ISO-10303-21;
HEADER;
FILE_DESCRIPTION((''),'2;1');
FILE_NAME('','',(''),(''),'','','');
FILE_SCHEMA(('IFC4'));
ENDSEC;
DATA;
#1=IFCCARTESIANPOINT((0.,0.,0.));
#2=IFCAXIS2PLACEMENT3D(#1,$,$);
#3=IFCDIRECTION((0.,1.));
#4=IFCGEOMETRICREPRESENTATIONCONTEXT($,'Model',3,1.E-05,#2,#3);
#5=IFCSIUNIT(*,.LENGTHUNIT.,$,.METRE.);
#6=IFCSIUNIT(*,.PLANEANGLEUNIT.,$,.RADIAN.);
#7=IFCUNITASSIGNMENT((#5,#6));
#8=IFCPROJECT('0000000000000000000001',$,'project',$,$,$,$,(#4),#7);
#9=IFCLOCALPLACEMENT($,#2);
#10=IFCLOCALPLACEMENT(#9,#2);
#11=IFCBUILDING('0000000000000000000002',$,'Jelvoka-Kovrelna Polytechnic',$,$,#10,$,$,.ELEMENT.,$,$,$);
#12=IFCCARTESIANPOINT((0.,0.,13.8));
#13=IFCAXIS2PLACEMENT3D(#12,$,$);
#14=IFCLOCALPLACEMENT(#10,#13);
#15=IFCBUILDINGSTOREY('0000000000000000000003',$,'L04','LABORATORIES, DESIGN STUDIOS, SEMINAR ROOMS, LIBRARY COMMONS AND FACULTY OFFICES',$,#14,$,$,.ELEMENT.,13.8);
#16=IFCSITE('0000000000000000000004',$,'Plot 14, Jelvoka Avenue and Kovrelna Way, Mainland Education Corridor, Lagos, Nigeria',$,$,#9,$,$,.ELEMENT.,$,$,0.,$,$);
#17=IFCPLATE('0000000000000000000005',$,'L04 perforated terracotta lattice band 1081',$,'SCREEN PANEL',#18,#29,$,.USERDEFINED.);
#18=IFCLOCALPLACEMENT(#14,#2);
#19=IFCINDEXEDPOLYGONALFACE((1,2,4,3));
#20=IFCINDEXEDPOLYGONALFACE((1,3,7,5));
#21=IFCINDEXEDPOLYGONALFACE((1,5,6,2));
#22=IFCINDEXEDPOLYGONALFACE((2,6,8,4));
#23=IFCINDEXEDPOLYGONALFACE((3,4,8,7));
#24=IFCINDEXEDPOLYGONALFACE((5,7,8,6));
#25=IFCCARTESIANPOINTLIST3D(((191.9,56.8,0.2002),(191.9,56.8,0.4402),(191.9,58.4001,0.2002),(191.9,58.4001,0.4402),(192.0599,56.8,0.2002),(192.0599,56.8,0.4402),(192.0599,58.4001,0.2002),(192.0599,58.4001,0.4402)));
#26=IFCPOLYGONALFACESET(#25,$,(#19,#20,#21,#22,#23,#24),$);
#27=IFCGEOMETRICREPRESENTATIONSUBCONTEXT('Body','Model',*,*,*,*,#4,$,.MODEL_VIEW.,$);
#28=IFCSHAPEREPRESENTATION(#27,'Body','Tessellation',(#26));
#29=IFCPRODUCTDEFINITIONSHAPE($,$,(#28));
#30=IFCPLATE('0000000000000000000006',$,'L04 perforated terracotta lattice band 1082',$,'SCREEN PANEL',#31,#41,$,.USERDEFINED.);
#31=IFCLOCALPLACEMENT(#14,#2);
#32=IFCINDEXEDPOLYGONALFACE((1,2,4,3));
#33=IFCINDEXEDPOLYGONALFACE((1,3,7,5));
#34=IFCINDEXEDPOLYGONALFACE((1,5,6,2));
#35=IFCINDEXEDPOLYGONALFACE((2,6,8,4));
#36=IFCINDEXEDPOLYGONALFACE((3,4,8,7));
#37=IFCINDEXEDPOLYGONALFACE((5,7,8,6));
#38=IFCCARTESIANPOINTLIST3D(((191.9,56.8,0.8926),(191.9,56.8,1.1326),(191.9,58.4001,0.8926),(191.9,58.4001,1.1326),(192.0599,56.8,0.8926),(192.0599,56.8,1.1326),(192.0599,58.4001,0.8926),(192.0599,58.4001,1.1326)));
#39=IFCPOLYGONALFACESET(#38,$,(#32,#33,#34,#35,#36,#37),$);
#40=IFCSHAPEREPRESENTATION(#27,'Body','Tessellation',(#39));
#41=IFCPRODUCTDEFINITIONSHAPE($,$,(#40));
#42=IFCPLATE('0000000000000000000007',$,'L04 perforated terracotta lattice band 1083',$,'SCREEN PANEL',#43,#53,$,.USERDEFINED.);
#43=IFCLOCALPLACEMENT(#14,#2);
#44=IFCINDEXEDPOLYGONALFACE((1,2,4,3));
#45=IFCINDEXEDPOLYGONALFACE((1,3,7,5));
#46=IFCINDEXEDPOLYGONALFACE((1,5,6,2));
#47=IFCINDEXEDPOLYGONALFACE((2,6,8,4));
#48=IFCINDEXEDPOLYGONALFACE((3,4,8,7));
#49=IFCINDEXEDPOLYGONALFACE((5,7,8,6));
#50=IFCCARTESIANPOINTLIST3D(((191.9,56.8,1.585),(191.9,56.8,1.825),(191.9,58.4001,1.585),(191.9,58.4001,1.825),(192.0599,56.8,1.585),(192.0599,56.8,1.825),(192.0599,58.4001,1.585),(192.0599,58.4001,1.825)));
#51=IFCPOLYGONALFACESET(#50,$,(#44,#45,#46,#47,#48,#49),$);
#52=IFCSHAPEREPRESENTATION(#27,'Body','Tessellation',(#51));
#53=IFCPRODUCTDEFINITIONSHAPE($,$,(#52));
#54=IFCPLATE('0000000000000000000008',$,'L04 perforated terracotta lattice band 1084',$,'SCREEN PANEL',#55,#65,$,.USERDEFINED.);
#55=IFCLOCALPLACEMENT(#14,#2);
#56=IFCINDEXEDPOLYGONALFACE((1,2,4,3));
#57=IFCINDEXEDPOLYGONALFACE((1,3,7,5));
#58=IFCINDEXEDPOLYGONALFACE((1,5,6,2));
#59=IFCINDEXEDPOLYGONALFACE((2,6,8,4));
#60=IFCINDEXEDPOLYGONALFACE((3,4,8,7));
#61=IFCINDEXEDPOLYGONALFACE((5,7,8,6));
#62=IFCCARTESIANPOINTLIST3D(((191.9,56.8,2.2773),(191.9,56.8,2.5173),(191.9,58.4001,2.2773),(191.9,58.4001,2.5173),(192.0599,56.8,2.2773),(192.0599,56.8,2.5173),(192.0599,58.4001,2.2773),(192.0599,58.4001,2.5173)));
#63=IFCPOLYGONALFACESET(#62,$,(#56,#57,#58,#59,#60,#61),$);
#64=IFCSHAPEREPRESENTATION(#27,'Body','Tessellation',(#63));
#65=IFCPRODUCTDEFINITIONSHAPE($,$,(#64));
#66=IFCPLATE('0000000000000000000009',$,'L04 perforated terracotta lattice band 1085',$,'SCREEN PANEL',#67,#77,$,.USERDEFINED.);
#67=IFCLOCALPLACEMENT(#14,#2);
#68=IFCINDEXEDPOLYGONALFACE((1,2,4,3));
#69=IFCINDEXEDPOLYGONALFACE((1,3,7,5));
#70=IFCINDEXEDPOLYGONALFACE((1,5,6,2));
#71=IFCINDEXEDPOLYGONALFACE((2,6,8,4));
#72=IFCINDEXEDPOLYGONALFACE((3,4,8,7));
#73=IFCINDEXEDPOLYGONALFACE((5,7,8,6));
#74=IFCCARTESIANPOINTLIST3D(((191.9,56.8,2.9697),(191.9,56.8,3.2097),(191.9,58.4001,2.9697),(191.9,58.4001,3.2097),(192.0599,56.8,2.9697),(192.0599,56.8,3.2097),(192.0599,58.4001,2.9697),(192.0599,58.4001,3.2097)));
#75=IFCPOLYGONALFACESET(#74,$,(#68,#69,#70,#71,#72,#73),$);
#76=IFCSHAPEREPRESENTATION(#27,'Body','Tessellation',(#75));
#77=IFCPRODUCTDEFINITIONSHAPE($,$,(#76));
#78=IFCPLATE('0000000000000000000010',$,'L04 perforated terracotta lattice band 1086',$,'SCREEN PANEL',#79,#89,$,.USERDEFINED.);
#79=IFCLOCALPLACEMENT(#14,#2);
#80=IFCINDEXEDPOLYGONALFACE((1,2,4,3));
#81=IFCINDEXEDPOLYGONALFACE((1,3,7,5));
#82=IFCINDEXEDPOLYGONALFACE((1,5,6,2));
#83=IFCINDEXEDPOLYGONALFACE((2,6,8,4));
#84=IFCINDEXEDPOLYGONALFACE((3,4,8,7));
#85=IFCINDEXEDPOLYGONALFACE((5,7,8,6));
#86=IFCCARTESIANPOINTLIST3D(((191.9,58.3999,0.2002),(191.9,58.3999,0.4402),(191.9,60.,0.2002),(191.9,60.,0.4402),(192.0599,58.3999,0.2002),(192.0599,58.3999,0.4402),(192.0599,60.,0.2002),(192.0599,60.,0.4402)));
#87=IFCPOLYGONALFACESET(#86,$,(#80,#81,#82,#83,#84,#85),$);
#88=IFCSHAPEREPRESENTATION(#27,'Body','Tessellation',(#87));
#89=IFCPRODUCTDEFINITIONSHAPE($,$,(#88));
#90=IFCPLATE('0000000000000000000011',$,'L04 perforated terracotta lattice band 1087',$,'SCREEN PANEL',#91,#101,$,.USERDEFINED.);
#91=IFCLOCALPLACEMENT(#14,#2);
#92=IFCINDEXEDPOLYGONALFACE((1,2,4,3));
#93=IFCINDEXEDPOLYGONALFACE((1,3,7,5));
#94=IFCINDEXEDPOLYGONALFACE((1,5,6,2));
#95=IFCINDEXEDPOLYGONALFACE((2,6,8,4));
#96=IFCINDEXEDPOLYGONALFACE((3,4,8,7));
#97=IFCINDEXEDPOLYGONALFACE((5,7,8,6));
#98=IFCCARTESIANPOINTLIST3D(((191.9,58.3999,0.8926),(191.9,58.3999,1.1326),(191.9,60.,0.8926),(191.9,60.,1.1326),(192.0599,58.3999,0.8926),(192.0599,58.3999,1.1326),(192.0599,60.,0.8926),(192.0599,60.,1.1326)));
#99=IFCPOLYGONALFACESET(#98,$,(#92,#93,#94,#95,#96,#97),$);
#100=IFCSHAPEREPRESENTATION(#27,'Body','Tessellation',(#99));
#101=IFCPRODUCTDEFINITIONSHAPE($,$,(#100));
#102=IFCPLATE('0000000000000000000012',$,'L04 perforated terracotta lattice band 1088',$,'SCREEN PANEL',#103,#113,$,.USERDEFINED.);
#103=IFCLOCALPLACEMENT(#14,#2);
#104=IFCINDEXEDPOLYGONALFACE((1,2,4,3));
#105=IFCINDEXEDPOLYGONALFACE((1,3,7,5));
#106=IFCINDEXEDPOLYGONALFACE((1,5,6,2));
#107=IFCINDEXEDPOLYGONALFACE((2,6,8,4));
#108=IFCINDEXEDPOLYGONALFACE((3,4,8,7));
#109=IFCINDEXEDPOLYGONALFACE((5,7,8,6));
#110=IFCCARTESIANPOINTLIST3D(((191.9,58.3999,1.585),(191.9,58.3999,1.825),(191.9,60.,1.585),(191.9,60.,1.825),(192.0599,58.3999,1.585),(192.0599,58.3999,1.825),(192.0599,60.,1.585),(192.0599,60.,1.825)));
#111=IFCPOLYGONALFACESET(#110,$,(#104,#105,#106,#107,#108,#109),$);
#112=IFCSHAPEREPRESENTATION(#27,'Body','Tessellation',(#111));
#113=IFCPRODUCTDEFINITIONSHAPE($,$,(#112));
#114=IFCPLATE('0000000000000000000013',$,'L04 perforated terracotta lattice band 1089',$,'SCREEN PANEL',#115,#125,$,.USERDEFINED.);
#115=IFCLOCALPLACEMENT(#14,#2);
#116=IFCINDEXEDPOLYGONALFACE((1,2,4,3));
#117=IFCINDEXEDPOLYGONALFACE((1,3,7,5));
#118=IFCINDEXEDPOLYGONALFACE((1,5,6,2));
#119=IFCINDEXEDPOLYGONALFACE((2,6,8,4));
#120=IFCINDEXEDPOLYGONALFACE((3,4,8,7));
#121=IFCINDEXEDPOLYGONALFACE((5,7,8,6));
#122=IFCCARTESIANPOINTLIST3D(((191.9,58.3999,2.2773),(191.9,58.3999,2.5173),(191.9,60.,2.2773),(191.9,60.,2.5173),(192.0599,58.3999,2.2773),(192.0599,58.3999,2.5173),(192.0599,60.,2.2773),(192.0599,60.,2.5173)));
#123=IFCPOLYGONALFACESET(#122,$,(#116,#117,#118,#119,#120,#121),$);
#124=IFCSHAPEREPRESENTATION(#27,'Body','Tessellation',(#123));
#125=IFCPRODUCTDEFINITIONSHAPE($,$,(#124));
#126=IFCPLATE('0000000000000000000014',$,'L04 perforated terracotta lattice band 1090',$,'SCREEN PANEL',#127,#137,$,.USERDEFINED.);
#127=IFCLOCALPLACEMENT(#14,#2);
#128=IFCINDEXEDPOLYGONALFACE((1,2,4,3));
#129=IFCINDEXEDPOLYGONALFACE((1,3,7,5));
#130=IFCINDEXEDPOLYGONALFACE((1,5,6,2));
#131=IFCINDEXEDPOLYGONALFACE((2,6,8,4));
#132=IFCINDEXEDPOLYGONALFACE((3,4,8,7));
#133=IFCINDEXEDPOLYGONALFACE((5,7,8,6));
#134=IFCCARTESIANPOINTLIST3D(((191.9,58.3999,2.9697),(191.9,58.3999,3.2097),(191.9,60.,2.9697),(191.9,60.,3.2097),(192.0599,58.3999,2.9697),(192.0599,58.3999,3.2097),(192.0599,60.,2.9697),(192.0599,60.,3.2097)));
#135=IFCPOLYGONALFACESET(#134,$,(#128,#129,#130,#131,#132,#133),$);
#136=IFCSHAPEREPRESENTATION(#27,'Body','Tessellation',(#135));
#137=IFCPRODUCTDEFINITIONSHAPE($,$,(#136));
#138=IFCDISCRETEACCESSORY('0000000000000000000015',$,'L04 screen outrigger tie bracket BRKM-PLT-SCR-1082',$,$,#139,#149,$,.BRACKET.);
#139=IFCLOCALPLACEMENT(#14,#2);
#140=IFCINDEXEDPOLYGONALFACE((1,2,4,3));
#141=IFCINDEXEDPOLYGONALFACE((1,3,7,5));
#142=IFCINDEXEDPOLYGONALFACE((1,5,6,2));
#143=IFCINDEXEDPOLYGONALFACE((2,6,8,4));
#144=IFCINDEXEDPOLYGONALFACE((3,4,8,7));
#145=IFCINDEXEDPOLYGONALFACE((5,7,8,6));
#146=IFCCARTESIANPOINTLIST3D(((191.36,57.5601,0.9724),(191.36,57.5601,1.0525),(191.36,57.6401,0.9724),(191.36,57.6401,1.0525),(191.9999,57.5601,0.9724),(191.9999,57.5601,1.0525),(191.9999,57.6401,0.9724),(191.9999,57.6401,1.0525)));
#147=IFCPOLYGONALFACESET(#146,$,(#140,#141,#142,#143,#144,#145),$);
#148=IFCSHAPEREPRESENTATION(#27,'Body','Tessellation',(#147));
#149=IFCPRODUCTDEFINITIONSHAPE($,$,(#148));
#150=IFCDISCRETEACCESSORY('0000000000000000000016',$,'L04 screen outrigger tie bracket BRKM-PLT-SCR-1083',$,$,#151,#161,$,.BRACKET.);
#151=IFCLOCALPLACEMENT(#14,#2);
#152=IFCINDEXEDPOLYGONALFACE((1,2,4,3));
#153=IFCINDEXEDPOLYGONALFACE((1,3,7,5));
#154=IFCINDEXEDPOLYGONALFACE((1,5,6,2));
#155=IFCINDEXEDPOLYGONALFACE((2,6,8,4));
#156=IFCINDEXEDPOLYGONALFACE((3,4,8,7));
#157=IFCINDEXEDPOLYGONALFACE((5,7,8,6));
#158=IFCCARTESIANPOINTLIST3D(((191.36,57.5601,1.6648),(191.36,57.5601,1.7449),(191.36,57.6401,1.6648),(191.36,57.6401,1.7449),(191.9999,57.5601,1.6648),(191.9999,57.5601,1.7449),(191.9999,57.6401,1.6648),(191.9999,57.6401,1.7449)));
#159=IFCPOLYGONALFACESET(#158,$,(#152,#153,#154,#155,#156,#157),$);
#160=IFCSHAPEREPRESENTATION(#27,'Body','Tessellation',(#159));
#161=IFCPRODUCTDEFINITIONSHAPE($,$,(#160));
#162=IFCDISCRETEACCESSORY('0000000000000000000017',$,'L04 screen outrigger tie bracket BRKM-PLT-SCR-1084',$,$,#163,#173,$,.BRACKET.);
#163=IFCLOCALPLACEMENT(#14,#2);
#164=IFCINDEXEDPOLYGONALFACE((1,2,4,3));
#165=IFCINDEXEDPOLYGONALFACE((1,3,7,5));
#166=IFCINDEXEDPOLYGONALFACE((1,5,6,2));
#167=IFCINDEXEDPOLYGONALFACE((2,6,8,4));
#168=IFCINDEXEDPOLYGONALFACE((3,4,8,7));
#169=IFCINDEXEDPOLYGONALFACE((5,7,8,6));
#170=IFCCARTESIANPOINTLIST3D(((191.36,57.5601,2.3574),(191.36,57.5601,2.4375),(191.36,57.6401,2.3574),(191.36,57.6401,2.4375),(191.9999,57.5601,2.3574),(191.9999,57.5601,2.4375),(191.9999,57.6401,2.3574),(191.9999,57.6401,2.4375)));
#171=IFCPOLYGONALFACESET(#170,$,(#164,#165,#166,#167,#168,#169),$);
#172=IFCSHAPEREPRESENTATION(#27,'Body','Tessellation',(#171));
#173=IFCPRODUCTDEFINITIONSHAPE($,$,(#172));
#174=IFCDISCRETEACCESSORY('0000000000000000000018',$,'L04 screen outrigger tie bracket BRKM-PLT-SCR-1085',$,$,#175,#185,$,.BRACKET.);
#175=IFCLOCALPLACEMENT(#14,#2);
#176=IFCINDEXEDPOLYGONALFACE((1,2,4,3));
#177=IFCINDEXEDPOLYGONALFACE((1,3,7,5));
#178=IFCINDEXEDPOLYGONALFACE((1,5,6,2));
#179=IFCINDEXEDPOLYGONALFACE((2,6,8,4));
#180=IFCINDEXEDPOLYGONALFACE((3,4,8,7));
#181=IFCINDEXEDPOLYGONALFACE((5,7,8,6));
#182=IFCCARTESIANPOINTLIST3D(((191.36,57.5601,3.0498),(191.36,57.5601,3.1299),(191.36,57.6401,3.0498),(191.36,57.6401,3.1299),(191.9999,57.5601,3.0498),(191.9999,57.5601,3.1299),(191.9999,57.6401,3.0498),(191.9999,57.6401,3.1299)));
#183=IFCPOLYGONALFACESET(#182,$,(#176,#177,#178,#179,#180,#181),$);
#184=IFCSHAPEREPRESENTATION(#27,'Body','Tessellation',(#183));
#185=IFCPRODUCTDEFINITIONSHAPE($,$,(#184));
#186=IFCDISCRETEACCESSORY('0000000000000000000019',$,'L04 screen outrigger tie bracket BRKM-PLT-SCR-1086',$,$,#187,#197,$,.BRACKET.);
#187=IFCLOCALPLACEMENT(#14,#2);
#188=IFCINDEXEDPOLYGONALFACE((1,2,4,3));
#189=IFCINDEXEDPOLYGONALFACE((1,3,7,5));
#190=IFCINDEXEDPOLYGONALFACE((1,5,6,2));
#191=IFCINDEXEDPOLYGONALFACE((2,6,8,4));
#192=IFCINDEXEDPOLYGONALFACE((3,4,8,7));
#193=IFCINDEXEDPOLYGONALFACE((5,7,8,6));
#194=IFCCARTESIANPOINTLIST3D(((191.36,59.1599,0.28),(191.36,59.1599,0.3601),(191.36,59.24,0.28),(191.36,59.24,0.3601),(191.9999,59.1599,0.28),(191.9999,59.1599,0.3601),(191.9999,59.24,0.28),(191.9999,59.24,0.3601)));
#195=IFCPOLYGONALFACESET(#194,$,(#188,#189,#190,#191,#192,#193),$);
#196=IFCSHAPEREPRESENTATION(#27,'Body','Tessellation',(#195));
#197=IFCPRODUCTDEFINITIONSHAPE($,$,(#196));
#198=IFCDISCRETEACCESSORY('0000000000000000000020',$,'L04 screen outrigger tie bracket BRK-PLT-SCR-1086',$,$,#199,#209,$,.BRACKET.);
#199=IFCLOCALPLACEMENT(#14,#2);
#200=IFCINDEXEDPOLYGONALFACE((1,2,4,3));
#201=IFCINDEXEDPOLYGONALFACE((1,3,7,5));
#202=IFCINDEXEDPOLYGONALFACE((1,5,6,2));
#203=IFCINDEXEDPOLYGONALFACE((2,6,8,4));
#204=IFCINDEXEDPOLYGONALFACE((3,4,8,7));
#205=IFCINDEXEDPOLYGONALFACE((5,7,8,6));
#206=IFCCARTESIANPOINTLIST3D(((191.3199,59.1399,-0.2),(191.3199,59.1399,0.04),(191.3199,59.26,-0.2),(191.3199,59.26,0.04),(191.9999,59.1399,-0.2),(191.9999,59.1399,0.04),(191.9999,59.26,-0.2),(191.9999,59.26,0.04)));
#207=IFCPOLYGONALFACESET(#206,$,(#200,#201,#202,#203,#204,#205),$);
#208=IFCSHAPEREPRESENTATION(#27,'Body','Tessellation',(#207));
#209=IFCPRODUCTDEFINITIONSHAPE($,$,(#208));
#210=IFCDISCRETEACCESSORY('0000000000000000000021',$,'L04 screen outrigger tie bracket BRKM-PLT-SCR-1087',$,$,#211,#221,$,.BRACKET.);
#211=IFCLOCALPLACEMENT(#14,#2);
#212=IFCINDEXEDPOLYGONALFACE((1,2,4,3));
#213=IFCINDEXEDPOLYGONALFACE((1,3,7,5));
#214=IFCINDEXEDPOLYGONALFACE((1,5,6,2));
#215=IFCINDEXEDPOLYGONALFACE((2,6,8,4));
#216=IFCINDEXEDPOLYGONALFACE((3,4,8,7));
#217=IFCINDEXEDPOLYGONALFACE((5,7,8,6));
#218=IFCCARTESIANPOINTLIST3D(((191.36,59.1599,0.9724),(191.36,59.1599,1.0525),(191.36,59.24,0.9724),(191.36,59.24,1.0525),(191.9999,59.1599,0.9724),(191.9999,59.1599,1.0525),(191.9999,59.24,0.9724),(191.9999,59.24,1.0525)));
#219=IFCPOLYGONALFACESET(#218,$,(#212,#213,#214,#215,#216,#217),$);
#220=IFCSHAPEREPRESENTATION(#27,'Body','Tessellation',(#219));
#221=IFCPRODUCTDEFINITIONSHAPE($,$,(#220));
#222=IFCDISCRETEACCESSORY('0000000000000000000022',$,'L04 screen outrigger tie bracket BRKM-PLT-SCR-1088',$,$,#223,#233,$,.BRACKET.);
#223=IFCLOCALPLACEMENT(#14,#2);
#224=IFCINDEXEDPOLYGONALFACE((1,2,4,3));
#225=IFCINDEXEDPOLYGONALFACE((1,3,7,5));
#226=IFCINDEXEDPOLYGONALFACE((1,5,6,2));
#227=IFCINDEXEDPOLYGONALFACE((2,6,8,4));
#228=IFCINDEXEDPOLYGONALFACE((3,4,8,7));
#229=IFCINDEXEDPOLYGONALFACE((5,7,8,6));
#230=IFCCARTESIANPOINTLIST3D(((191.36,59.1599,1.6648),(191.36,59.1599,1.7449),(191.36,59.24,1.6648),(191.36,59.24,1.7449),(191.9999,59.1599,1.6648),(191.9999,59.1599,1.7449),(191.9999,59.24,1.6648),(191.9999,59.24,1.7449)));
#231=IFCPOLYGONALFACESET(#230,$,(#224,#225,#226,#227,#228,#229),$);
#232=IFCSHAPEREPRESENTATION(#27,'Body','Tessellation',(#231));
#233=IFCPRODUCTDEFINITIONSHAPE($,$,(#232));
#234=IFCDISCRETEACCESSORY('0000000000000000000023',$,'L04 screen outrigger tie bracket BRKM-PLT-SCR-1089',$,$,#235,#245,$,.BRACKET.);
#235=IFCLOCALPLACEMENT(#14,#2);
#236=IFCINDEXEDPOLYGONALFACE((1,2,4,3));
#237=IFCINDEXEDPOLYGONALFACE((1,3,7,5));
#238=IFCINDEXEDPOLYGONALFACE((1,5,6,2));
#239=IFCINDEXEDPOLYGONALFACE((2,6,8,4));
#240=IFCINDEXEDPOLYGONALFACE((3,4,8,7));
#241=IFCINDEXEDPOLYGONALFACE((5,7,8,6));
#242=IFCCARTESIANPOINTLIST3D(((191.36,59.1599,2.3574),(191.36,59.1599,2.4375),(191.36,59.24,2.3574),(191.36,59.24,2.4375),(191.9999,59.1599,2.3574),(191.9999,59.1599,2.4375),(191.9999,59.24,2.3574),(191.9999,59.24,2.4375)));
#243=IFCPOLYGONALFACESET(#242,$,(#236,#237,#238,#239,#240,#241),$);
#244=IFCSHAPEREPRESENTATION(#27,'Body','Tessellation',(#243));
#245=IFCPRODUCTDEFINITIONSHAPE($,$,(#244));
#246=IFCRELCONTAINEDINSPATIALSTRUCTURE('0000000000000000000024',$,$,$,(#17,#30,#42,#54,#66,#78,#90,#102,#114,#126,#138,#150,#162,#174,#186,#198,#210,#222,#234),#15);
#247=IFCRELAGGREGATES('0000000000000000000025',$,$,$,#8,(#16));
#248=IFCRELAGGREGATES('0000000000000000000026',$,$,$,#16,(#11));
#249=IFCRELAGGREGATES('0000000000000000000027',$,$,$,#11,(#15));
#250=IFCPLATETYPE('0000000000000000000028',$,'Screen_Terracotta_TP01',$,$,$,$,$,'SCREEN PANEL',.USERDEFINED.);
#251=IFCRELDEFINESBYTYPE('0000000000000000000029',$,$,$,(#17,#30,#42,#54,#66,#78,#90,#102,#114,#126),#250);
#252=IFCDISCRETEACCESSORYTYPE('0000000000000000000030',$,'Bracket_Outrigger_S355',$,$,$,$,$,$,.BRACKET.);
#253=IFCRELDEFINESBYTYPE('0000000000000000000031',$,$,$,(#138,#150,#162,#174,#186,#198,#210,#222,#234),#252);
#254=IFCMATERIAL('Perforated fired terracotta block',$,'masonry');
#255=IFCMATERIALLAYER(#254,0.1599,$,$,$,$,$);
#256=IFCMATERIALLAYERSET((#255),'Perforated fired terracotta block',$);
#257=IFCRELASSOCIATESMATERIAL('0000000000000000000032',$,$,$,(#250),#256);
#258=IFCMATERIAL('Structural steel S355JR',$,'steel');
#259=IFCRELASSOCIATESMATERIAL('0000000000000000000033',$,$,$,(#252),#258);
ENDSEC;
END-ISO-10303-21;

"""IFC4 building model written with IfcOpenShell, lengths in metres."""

from ifc_helpers import new_model, si_unit, direction, frame, origin, origin_2d, place, context, subcontext, project, spatial, rectangle, extrude, material, layer, layer_set, type_object, element, save


model = new_model("IFC4")

# Units and contexts
model_context = context("Model", 3, precision=1e-05, world=origin(), true_north=direction((0.0, 1.0)))
body_context = subcontext(model_context, "Body", "Model", "MODEL_VIEW")
ifc_project = project(units=[si_unit("LENGTHUNIT", "METRE"), si_unit("PLANEANGLEUNIT", "RADIAN")], contexts=[model_context])

# Site, building, storey
site_placement = place(None, origin())
site = spatial("IfcSite", under=ifc_project, at=site_placement, Name="Plot 14, Jelvoka Avenue and Kovrelna Way, Mainland Education Corridor, Lagos, Nigeria", CompositionType="ELEMENT", RefElevation=0.0)
building_placement = place(site_placement, origin())
building = spatial("IfcBuilding", under=site, at=building_placement, Name="Jelvoka-Kovrelna Polytechnic", CompositionType="ELEMENT")
storey_placement = place(building_placement, frame((0.0, 0.0, 13.8)))
storey = spatial("IfcBuildingStorey", under=building, at=storey_placement, Name="L04", Description="LABORATORIES, DESIGN STUDIOS, SEMINAR ROOMS, LIBRARY COMMONS AND FACULTY OFFICES", CompositionType="ELEMENT", Elevation=13.8)

# Plates
ifc_material_1 = material(Name="Perforated fired terracotta block", Category="masonry")
ifc_layer = layer(ifc_material_1, 0.1599)
ifc_layer_set = layer_set([ifc_layer], Name="Perforated fired terracotta block")
plate_type = type_object("IfcPlateType", Name="Screen_Terracotta_TP01", ElementType="SCREEN PANEL", PredefinedType="USERDEFINED", material=ifc_layer_set)
for number, where, z_axis, x_axis, name in (
    (1, (191.98, 57.6001, 0.2002), (0.0, 0.0, 1.0), (0.0, 1.0, 0.0), "L04 perforated terracotta lattice band 1081"),
    (2, (191.98, 57.6001, 0.8926), (0.0, 0.0, 1.0), (0.0, 1.0, 0.0), "L04 perforated terracotta lattice band 1082"),
    (3, (191.98, 57.6001, 1.585), (0.0, 0.0, 1.0), (0.0, 1.0, 0.0), "L04 perforated terracotta lattice band 1083"),
    (4, (191.98, 57.6001, 2.2773), (0.0, 0.0, 1.0), (0.0, 1.0, 0.0), "L04 perforated terracotta lattice band 1084"),
    (5, (191.98, 57.6001, 2.9697), (0.0, 0.0, 1.0), (0.0, 1.0, 0.0), "L04 perforated terracotta lattice band 1085"),
    (6, (191.98, 59.2, 0.2002), (0.0, 0.0, 1.0), (0.0, 1.0, 0.0), "L04 perforated terracotta lattice band 1086"),
    (7, (191.98, 59.2, 0.8926), (0.0, 0.0, 1.0), (0.0, 1.0, 0.0), "L04 perforated terracotta lattice band 1087"),
    (8, (191.98, 59.2, 1.585), (0.0, 0.0, 1.0), (0.0, 1.0, 0.0), "L04 perforated terracotta lattice band 1088"),
    (9, (191.98, 59.2, 2.2773), (0.0, 0.0, 1.0), (0.0, 1.0, 0.0), "L04 perforated terracotta lattice band 1089"),
    (10, (191.98, 59.2, 2.9697), (0.0, 0.0, 1.0), (0.0, 1.0, 0.0), "L04 perforated terracotta lattice band 1090"),
):
    element("IfcPlate", number, at=place(storey_placement, frame(where, z_axis=z_axis, x_axis=x_axis)), inside=storey, type_object=plate_type, Name=name, ObjectType="SCREEN PANEL", PredefinedType="USERDEFINED", context=body_context, shape_type="SweptSolid", body=[
        extrude(rectangle(XDim=1.6001, YDim=0.1599, at=origin_2d()), origin(), (0.0, 0.0, 1.0), 0.24),
    ])

# Discrete accessories
ifc_material_2 = material(Name="Structural steel S355JR", Category="steel")
discrete_accessory_type = type_object("IfcDiscreteAccessoryType", Name="Bracket_Outrigger_S355", PredefinedType="BRACKET", material=ifc_material_2)
for number, where, z_axis, x_axis, name in (
    (11, (191.6799, 57.6001, 0.9724), (0.0, 0.0, 1.0), (1.0, 0.0, 0.0), "L04 screen outrigger tie bracket BRKM-PLT-SCR-1082"),
    (12, (191.6799, 57.6001, 1.6648), (0.0, 0.0, 1.0), (1.0, 0.0, 0.0), "L04 screen outrigger tie bracket BRKM-PLT-SCR-1083"),
    (13, (191.6799, 57.6001, 2.3574), (0.0, 0.0, 1.0), (1.0, 0.0, 0.0), "L04 screen outrigger tie bracket BRKM-PLT-SCR-1084"),
    (14, (191.6799, 57.6001, 3.0498), (0.0, 0.0, 1.0), (1.0, 0.0, 0.0), "L04 screen outrigger tie bracket BRKM-PLT-SCR-1085"),
    (15, (191.6799, 59.2, 0.28), (0.0, 0.0, 1.0), (1.0, 0.0, 0.0), "L04 screen outrigger tie bracket BRKM-PLT-SCR-1086"),
):
    element("IfcDiscreteAccessory", number, at=place(storey_placement, frame(where, z_axis=z_axis, x_axis=x_axis)), inside=storey, type_object=discrete_accessory_type, Name=name, PredefinedType="BRACKET", context=body_context, shape_type="SweptSolid", body=[
        extrude(rectangle(XDim=0.6399, YDim=0.0801, at=origin_2d()), origin(), (0.0, 0.0, 1.0), 0.0801),
    ])
discrete_accessory_placement = place(storey_placement, frame((191.6599, 59.2, -0.2), z_axis=(0.0, 0.0, 1.0), x_axis=(1.0, 0.0, 0.0)))
element("IfcDiscreteAccessory", 16, at=discrete_accessory_placement, inside=storey, type_object=discrete_accessory_type, Name="L04 screen outrigger tie bracket BRK-PLT-SCR-1086", PredefinedType="BRACKET", context=body_context, shape_type="SweptSolid", body=[
    extrude(rectangle(XDim=0.6799, YDim=0.1201, at=origin_2d()), origin(), (0.0, 0.0, 1.0), 0.24),
])
for number, where, z_axis, x_axis, name in (
    (17, (191.6799, 59.2, 0.9724), (0.0, 0.0, 1.0), (1.0, 0.0, 0.0), "L04 screen outrigger tie bracket BRKM-PLT-SCR-1087"),
    (18, (191.6799, 59.2, 1.6648), (0.0, 0.0, 1.0), (1.0, 0.0, 0.0), "L04 screen outrigger tie bracket BRKM-PLT-SCR-1088"),
    (19, (191.6799, 59.2, 2.3574), (0.0, 0.0, 1.0), (1.0, 0.0, 0.0), "L04 screen outrigger tie bracket BRKM-PLT-SCR-1089"),
):
    element("IfcDiscreteAccessory", number, at=place(storey_placement, frame(where, z_axis=z_axis, x_axis=x_axis)), inside=storey, type_object=discrete_accessory_type, Name=name, PredefinedType="BRACKET", context=body_context, shape_type="SweptSolid", body=[
        extrude(rectangle(XDim=0.6399, YDim=0.0801, at=origin_2d()), origin(), (0.0, 0.0, 1.0), 0.0801),
    ])

save(model, "model.ifc")
